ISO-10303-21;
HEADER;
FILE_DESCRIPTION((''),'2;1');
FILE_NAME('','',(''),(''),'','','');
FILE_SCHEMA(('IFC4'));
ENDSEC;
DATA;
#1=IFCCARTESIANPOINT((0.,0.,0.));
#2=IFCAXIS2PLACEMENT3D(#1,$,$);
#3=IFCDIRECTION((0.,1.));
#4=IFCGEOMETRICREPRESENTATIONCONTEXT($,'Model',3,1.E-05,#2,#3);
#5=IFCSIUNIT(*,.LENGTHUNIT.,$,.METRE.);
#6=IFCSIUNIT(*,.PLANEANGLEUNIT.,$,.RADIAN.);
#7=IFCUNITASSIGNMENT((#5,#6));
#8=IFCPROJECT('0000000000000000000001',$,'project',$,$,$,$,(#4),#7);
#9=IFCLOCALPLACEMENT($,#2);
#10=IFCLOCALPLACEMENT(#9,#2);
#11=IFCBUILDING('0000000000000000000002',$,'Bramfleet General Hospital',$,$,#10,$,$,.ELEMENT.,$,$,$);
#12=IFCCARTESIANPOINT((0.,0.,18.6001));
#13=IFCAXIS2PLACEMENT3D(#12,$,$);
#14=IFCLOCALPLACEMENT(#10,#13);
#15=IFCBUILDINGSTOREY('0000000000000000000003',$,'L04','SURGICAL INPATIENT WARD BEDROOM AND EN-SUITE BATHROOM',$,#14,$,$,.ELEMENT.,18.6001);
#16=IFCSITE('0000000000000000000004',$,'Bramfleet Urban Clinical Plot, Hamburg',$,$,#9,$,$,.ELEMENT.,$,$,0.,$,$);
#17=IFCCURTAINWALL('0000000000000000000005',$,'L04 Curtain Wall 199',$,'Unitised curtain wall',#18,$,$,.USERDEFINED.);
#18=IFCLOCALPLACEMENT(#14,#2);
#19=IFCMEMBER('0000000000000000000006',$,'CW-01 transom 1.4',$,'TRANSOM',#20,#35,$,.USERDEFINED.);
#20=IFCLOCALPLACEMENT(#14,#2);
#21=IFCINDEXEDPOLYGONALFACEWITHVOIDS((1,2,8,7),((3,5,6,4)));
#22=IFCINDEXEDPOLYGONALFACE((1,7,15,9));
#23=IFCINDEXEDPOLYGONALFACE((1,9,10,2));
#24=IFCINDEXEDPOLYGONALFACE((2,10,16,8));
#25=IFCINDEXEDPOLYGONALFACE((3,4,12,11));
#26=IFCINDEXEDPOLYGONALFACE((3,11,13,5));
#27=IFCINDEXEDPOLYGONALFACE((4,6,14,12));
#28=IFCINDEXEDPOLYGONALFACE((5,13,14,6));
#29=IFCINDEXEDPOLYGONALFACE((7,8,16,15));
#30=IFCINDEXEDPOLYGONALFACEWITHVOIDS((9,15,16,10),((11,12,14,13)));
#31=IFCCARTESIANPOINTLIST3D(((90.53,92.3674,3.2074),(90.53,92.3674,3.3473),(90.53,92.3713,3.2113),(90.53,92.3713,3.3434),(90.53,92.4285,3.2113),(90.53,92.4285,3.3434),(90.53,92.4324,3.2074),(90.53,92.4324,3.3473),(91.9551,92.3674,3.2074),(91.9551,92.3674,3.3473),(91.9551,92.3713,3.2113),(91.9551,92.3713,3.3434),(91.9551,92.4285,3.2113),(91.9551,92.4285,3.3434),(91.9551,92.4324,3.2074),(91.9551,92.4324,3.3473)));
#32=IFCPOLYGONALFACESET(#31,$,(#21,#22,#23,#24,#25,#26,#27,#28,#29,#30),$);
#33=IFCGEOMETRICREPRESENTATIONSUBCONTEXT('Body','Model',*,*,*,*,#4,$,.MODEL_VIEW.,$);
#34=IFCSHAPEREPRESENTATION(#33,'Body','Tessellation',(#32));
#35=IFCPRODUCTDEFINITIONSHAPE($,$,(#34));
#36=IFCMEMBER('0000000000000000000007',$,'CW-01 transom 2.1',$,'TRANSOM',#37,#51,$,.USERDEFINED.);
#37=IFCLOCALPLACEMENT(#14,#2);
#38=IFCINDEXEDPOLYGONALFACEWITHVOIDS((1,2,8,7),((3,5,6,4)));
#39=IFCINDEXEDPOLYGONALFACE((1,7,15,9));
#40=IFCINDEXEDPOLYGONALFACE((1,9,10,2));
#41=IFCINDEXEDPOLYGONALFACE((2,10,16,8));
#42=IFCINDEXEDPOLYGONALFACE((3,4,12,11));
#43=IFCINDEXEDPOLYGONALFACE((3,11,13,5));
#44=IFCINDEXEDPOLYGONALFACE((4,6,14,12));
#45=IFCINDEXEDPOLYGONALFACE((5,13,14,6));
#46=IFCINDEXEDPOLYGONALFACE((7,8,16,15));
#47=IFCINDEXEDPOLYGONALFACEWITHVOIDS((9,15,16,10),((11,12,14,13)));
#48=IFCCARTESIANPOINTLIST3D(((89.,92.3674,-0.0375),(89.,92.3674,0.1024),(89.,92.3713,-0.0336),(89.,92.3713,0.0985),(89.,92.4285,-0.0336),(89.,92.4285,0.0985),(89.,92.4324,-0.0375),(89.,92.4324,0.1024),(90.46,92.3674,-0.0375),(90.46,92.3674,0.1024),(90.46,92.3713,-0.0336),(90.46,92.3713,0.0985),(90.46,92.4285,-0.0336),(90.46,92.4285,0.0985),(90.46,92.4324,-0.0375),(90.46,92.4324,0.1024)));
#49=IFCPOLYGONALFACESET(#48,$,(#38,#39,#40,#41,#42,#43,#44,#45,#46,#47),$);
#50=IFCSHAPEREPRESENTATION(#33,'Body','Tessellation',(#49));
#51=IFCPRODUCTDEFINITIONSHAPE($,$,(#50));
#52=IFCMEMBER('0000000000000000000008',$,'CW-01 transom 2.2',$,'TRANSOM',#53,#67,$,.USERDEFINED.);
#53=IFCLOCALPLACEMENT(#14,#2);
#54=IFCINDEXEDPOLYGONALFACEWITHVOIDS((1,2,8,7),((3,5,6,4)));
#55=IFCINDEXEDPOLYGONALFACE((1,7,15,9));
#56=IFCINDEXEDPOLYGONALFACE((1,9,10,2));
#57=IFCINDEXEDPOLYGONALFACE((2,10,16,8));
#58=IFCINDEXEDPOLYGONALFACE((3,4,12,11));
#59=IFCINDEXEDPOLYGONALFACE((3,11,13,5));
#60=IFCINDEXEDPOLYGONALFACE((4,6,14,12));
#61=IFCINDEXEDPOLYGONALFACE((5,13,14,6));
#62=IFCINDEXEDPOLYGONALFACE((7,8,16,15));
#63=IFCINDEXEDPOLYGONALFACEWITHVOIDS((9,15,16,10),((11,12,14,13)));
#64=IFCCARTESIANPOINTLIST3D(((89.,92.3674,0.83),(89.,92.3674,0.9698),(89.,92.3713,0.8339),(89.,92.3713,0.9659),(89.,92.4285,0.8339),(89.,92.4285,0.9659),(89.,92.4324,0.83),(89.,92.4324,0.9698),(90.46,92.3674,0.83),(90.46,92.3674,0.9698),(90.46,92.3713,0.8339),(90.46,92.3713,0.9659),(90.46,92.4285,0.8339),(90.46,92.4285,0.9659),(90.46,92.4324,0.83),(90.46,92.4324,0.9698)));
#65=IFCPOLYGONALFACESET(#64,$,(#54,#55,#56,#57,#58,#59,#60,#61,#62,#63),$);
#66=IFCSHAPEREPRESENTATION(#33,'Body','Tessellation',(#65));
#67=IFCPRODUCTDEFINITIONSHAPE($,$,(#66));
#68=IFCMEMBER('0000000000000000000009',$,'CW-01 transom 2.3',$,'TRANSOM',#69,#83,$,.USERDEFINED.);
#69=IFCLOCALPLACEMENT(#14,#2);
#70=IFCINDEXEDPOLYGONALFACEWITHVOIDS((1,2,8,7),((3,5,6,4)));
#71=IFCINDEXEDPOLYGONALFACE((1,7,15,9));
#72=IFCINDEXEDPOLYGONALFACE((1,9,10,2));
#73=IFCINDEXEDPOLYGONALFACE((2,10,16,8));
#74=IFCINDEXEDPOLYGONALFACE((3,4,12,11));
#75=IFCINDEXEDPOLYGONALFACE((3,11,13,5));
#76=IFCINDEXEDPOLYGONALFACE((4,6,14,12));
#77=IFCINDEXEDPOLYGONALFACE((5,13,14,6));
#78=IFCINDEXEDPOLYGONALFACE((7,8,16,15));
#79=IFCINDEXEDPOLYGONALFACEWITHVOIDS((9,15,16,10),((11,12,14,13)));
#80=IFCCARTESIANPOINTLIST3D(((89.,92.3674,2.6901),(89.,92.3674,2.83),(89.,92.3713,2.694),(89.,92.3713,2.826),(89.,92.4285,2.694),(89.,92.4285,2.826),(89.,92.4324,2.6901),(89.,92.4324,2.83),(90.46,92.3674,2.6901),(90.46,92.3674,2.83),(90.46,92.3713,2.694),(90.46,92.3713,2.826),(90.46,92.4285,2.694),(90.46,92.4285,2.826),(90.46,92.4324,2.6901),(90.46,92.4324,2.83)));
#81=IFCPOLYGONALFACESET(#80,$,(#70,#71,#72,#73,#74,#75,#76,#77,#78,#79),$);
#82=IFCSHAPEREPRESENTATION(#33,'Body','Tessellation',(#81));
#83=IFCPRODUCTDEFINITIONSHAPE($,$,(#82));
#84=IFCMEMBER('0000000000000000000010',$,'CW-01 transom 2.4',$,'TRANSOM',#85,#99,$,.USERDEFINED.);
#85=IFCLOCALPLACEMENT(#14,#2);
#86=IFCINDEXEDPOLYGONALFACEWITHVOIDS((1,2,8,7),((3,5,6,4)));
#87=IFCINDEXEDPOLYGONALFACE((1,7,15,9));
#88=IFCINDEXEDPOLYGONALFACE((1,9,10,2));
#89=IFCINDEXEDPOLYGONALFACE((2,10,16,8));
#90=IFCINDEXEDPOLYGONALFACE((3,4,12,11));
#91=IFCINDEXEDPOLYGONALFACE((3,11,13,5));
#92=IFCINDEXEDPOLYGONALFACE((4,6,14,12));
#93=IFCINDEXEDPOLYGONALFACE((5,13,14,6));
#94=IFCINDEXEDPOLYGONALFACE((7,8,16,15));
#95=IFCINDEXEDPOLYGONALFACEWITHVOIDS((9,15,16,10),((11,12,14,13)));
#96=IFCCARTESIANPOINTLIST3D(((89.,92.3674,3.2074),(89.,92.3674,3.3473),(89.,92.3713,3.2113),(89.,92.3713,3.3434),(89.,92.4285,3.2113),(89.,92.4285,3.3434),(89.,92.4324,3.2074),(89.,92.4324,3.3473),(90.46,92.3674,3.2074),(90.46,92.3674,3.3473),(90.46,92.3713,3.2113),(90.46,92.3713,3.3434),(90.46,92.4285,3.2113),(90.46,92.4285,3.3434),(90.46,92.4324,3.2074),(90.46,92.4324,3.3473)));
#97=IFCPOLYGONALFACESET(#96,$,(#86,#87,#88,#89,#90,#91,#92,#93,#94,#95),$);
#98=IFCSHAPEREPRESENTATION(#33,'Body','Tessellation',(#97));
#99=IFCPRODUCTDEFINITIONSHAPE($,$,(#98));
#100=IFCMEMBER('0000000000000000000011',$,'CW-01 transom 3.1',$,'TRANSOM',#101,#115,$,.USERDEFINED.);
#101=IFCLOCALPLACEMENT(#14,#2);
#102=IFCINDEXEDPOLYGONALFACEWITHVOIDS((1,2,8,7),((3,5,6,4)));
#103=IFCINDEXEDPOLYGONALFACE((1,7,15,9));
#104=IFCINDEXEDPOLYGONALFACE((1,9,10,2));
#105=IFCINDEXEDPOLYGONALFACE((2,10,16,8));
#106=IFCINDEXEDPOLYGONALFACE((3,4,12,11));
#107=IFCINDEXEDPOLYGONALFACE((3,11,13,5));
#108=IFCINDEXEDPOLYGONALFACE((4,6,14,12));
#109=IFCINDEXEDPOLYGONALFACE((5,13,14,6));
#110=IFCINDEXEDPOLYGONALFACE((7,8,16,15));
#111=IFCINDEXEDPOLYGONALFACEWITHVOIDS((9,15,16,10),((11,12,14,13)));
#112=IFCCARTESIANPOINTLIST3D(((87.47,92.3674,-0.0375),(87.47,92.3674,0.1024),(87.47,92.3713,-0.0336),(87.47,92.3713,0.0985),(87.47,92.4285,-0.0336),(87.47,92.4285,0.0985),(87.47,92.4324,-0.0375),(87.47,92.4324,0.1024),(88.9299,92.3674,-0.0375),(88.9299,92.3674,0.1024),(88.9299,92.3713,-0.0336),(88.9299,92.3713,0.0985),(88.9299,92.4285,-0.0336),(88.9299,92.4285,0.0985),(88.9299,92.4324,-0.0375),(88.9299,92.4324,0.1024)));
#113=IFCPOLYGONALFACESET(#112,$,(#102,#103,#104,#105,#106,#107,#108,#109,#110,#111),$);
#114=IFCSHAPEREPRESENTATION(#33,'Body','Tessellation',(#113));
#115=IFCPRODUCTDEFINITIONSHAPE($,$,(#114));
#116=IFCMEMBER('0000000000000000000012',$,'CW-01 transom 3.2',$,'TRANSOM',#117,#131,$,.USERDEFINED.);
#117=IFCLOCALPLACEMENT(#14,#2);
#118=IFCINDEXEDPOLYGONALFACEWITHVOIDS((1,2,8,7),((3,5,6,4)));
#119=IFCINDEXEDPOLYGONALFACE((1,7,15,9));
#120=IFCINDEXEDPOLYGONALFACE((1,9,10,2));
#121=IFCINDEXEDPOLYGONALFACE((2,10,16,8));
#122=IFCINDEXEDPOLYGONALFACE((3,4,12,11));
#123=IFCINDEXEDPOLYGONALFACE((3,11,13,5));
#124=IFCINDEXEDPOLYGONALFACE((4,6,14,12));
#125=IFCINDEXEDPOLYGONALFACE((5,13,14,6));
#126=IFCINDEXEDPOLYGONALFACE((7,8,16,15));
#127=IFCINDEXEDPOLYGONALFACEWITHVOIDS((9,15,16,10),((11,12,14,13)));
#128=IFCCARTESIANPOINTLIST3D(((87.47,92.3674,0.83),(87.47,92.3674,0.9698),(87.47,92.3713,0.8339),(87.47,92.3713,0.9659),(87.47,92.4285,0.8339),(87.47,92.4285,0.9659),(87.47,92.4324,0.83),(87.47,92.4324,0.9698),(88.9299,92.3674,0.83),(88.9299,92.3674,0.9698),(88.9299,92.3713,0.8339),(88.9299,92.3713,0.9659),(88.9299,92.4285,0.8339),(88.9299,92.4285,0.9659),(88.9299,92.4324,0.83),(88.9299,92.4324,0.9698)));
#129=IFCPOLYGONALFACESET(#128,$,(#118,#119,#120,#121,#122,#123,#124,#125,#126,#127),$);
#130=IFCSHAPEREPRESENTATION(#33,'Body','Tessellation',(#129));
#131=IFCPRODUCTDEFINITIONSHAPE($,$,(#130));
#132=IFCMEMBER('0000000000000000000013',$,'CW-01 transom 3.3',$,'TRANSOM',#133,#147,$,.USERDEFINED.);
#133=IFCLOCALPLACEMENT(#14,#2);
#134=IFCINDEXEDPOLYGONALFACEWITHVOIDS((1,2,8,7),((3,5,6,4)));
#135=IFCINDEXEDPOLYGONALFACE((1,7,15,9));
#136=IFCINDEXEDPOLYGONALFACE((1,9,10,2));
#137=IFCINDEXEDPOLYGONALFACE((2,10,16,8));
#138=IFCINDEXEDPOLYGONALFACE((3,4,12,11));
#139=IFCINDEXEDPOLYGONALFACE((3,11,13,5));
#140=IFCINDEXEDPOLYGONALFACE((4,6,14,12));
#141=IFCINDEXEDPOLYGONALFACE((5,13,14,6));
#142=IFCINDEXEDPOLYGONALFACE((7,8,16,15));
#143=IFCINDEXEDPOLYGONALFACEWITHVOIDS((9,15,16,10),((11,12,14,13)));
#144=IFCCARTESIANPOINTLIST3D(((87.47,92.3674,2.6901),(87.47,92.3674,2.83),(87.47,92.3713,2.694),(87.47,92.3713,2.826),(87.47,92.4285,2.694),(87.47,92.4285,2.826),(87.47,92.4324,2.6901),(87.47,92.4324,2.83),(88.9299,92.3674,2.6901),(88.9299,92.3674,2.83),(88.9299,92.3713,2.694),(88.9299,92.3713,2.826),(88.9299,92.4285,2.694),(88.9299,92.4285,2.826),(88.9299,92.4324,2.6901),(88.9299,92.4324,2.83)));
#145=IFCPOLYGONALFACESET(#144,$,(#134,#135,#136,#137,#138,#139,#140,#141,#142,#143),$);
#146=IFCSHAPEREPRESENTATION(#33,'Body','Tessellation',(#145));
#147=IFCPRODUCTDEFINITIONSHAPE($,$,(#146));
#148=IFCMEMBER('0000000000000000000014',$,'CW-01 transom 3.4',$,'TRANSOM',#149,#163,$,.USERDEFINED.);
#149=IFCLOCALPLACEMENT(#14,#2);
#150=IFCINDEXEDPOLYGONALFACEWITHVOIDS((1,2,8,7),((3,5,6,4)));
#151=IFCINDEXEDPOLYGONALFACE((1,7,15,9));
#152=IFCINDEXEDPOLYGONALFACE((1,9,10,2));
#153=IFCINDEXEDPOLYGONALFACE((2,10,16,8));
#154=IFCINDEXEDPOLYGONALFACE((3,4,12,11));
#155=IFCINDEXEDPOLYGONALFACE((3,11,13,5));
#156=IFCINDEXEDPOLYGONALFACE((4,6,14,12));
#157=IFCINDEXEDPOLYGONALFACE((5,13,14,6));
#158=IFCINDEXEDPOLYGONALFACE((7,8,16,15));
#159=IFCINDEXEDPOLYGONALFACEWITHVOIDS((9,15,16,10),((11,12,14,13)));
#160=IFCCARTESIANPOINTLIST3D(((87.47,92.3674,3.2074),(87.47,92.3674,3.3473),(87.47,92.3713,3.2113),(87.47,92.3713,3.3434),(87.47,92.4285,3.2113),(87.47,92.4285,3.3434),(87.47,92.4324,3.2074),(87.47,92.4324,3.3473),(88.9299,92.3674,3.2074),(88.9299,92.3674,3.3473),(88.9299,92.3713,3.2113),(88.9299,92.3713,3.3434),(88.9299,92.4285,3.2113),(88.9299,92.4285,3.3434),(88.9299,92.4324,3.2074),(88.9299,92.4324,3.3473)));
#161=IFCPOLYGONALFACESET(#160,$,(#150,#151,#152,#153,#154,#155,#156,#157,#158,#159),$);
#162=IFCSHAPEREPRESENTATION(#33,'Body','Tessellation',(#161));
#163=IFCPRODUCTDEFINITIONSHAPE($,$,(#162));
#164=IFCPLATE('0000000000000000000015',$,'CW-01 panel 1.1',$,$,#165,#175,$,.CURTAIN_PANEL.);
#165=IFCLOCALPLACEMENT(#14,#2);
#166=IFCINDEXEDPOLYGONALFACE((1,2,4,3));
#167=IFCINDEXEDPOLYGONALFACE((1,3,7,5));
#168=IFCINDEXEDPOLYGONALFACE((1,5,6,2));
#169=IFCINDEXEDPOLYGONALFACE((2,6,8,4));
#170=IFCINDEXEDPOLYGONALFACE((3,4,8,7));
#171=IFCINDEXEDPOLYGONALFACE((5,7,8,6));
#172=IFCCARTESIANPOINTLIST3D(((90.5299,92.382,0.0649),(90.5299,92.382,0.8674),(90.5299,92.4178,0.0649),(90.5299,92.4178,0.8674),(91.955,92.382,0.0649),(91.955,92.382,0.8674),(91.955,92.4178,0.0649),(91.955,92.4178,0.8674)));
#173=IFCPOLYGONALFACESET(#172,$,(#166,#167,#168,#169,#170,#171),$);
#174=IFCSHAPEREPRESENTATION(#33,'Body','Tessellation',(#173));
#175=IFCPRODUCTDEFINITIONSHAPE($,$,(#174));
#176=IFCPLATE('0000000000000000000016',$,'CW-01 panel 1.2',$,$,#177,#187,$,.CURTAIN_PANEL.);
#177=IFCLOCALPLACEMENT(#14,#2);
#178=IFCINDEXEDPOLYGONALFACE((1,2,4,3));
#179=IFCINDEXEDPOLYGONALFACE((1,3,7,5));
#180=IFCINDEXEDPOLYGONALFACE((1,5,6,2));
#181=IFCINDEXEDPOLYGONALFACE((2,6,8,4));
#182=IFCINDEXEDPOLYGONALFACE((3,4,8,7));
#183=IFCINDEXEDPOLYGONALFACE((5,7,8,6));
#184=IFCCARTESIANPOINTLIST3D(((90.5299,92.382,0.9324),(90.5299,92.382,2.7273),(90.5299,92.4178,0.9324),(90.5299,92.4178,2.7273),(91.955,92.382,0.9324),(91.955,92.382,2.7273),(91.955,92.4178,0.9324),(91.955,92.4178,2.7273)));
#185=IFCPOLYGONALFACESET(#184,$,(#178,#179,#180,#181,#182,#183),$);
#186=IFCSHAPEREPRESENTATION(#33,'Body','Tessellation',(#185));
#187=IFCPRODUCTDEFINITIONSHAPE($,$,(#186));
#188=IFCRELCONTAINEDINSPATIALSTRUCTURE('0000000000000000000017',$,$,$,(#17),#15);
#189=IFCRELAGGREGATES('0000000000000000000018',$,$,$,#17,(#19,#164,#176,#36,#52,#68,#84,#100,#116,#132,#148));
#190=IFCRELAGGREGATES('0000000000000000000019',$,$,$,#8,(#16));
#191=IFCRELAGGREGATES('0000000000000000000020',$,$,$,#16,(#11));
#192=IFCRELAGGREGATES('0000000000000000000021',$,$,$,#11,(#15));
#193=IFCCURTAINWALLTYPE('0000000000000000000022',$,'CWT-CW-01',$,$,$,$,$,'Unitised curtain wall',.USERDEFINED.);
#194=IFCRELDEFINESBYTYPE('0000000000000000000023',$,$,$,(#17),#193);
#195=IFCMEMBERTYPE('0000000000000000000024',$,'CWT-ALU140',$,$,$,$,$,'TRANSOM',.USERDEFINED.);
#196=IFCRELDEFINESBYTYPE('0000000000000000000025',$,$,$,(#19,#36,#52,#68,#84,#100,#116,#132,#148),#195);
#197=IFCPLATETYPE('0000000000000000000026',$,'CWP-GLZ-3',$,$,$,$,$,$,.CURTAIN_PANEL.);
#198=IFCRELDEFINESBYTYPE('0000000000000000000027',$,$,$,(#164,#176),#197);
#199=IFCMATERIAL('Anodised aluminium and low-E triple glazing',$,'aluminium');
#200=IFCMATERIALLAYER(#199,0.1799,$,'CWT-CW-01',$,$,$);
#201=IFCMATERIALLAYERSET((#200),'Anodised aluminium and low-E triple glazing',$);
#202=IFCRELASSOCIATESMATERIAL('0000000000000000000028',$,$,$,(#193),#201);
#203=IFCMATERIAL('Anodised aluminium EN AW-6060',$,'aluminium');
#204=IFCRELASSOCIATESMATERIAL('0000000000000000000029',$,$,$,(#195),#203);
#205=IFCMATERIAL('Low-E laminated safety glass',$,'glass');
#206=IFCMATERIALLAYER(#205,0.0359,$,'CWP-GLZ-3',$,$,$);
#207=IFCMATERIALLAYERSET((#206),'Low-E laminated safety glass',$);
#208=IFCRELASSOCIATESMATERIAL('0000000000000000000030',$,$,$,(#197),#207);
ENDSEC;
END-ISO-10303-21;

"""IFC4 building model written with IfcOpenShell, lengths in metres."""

from ifc_helpers import new_model, si_unit, direction, frame, origin, origin_2d, place, context, subcontext, project, spatial, rectangle, hollow_rectangle, extrude, material, layer, layer_set, material_profile, profile_set, type_object, element, aggregate, save


model = new_model("IFC4")

# Units and contexts
model_context = context("Model", 3, precision=1e-05, world=origin(), true_north=direction((0.0, 1.0)))
body_context = subcontext(model_context, "Body", "Model", "MODEL_VIEW")
ifc_project = project(units=[si_unit("LENGTHUNIT", "METRE"), si_unit("PLANEANGLEUNIT", "RADIAN")], contexts=[model_context])

# Site, building, storey
site_placement = place(None, origin())
site = spatial("IfcSite", under=ifc_project, at=site_placement, Name="Bramfleet Urban Clinical Plot, Hamburg", CompositionType="ELEMENT", RefElevation=0.0)
building_placement = place(site_placement, origin())
building = spatial("IfcBuilding", under=site, at=building_placement, Name="Bramfleet General Hospital", CompositionType="ELEMENT")
storey_placement = place(building_placement, frame((0.0, 0.0, 18.6001)))
storey = spatial("IfcBuildingStorey", under=building, at=storey_placement, Name="L04", Description="SURGICAL INPATIENT WARD BEDROOM AND EN-SUITE BATHROOM", CompositionType="ELEMENT", Elevation=18.6001)

# Curtain wall, members, plates
ifc_material_1 = material(Name="Anodised aluminium and low-E triple glazing", Category="aluminium")
ifc_layer_1 = layer(ifc_material_1, 0.1799, Name="CWT-CW-01")
ifc_layer_set_1 = layer_set([ifc_layer_1], Name="Anodised aluminium and low-E triple glazing")
curtain_wall_type = type_object("IfcCurtainWallType", Name="CWT-CW-01", ElementType="Unitised curtain wall", PredefinedType="USERDEFINED", material=ifc_layer_set_1)
curtain_wall_placement = place(storey_placement, origin())
curtain_wall = element("IfcCurtainWall", 1, at=curtain_wall_placement, inside=storey, type_object=curtain_wall_type, Name="L04 Curtain Wall 199", ObjectType="Unitised curtain wall", PredefinedType="USERDEFINED")
ifc_material_2 = material(Name="Anodised aluminium EN AW-6060", Category="aluminium")
ifc_material_profile_1 = material_profile(ifc_material_2, hollow_rectangle(XDim=0.0649, YDim=0.1399, WallThickness=0.0039, at=origin_2d()), Name="ALU 140x65x4.0")
ifc_profile_set_1 = profile_set([ifc_material_profile_1], Name="Anodised aluminium EN AW-6060")
member_type_1 = type_object("IfcMemberType", Name="CWT-ALU140", ElementType="TRANSOM", PredefinedType="USERDEFINED", material=ifc_profile_set_1)
member_1_placement = place(storey_placement, frame((91.9551, 92.3999, 3.2773), z_axis=(-1.0, 0.0, 0.0), x_axis=(0.0, -1.0, 0.0)))
member_1 = element("IfcMember", 2, at=member_1_placement, type_object=member_type_1, Name="CW-01 transom 1.4", ObjectType="TRANSOM", PredefinedType="USERDEFINED", context=body_context, shape_type="SweptSolid", body=[
    extrude(hollow_rectangle(XDim=0.0649, YDim=0.1399, WallThickness=0.0039, at=origin_2d()), origin(), (0.0, 0.0, 1.0), 1.425),
])
member_2_placement = place(storey_placement, frame((90.46, 92.3999, 0.0325), z_axis=(-1.0, 0.0, 0.0), x_axis=(0.0, -1.0, 0.0)))
member_2 = element("IfcMember", 3, at=member_2_placement, type_object=member_type_1, Name="CW-01 transom 2.1", ObjectType="TRANSOM", PredefinedType="USERDEFINED", context=body_context, shape_type="SweptSolid", body=[
    extrude(hollow_rectangle(XDim=0.0649, YDim=0.1399, WallThickness=0.0039, at=origin_2d()), origin(), (0.0, 0.0, 1.0), 1.46),
])
member_3_placement = place(storey_placement, frame((90.46, 92.3999, 0.8999), z_axis=(-1.0, 0.0, 0.0), x_axis=(0.0, -1.0, 0.0)))
member_3 = element("IfcMember", 4, at=member_3_placement, type_object=member_type_1, Name="CW-01 transom 2.2", ObjectType="TRANSOM", PredefinedType="USERDEFINED", context=body_context, shape_type="SweptSolid", body=[
    extrude(hollow_rectangle(XDim=0.0649, YDim=0.1399, WallThickness=0.0039, at=origin_2d()), origin(), (0.0, 0.0, 1.0), 1.46),
])
member_4_placement = place(storey_placement, frame((90.46, 92.3999, 2.76), z_axis=(-1.0, 0.0, 0.0), x_axis=(0.0, -1.0, 0.0)))
member_4 = element("IfcMember", 5, at=member_4_placement, type_object=member_type_1, Name="CW-01 transom 2.3", ObjectType="TRANSOM", PredefinedType="USERDEFINED", context=body_context, shape_type="SweptSolid", body=[
    extrude(hollow_rectangle(XDim=0.0649, YDim=0.1399, WallThickness=0.0039, at=origin_2d()), origin(), (0.0, 0.0, 1.0), 1.46),
])
member_5_placement = place(storey_placement, frame((90.46, 92.3999, 3.2773), z_axis=(-1.0, 0.0, 0.0), x_axis=(0.0, -1.0, 0.0)))
member_5 = element("IfcMember", 6, at=member_5_placement, type_object=member_type_1, Name="CW-01 transom 2.4", ObjectType="TRANSOM", PredefinedType="USERDEFINED", context=body_context, shape_type="SweptSolid", body=[
    extrude(hollow_rectangle(XDim=0.0649, YDim=0.1399, WallThickness=0.0039, at=origin_2d()), origin(), (0.0, 0.0, 1.0), 1.46),
])
member_6_placement = place(storey_placement, frame((88.9299, 92.3999, 0.0325), z_axis=(-1.0, 0.0, 0.0), x_axis=(0.0, -1.0, 0.0)))
member_6 = element("IfcMember", 7, at=member_6_placement, type_object=member_type_1, Name="CW-01 transom 3.1", ObjectType="TRANSOM", PredefinedType="USERDEFINED", context=body_context, shape_type="SweptSolid", body=[
    extrude(hollow_rectangle(XDim=0.0649, YDim=0.1399, WallThickness=0.0039, at=origin_2d()), origin(), (0.0, 0.0, 1.0), 1.46),
])
member_7_placement = place(storey_placement, frame((88.9299, 92.3999, 0.8999), z_axis=(-1.0, 0.0, 0.0), x_axis=(0.0, -1.0, 0.0)))
member_7 = element("IfcMember", 8, at=member_7_placement, type_object=member_type_1, Name="CW-01 transom 3.2", ObjectType="TRANSOM", PredefinedType="USERDEFINED", context=body_context, shape_type="SweptSolid", body=[
    extrude(hollow_rectangle(XDim=0.0649, YDim=0.1399, WallThickness=0.0039, at=origin_2d()), origin(), (0.0, 0.0, 1.0), 1.46),
])
member_8_placement = place(storey_placement, frame((88.9299, 92.3999, 2.76), z_axis=(-1.0, 0.0, 0.0), x_axis=(0.0, -1.0, 0.0)))
member_8 = element("IfcMember", 9, at=member_8_placement, type_object=member_type_1, Name="CW-01 transom 3.3", ObjectType="TRANSOM", PredefinedType="USERDEFINED", context=body_context, shape_type="SweptSolid", body=[
    extrude(hollow_rectangle(XDim=0.0649, YDim=0.1399, WallThickness=0.0039, at=origin_2d()), origin(), (0.0, 0.0, 1.0), 1.46),
])
member_9_placement = place(storey_placement, frame((88.9299, 92.3999, 3.2773), z_axis=(-1.0, 0.0, 0.0), x_axis=(0.0, -1.0, 0.0)))
member_9 = element("IfcMember", 10, at=member_9_placement, type_object=member_type_1, Name="CW-01 transom 3.4", ObjectType="TRANSOM", PredefinedType="USERDEFINED", context=body_context, shape_type="SweptSolid", body=[
    extrude(hollow_rectangle(XDim=0.0649, YDim=0.1399, WallThickness=0.0039, at=origin_2d()), origin(), (0.0, 0.0, 1.0), 1.46),
])
ifc_material_3 = material(Name="Low-E laminated safety glass", Category="glass")
ifc_layer_2 = layer(ifc_material_3, 0.0359, Name="CWP-GLZ-3")
ifc_layer_set_2 = layer_set([ifc_layer_2], Name="Low-E laminated safety glass")
plate_type = type_object("IfcPlateType", Name="CWP-GLZ-3", PredefinedType="CURTAIN_PANEL", material=ifc_layer_set_2)
plate_1_placement = place(storey_placement, frame((91.2424, 92.3999, 0.0649), z_axis=(0.0, 0.0, 1.0), x_axis=(-1.0, 0.0, 0.0)))
plate_1 = element("IfcPlate", 11, at=plate_1_placement, type_object=plate_type, Name="CW-01 panel 1.1", PredefinedType="CURTAIN_PANEL", context=body_context, shape_type="SweptSolid", body=[
    extrude(rectangle(XDim=1.425, YDim=0.0359, at=origin_2d()), origin(), (0.0, 0.0, 1.0), 0.8025),
])
plate_2_placement = place(storey_placement, frame((91.2424, 92.3999, 0.9324), z_axis=(0.0, 0.0, 1.0), x_axis=(-1.0, 0.0, 0.0)))
plate_2 = element("IfcPlate", 12, at=plate_2_placement, type_object=plate_type, Name="CW-01 panel 1.2", PredefinedType="CURTAIN_PANEL", context=body_context, shape_type="SweptSolid", body=[
    extrude(rectangle(XDim=1.425, YDim=0.0359, at=origin_2d()), origin(), (0.0, 0.0, 1.0), 1.7949),
])
aggregate(curtain_wall, [member_1, plate_1, plate_2, member_2, member_3, member_4, member_5, member_6, member_7, member_8, member_9])

save(model, "model.ifc")
